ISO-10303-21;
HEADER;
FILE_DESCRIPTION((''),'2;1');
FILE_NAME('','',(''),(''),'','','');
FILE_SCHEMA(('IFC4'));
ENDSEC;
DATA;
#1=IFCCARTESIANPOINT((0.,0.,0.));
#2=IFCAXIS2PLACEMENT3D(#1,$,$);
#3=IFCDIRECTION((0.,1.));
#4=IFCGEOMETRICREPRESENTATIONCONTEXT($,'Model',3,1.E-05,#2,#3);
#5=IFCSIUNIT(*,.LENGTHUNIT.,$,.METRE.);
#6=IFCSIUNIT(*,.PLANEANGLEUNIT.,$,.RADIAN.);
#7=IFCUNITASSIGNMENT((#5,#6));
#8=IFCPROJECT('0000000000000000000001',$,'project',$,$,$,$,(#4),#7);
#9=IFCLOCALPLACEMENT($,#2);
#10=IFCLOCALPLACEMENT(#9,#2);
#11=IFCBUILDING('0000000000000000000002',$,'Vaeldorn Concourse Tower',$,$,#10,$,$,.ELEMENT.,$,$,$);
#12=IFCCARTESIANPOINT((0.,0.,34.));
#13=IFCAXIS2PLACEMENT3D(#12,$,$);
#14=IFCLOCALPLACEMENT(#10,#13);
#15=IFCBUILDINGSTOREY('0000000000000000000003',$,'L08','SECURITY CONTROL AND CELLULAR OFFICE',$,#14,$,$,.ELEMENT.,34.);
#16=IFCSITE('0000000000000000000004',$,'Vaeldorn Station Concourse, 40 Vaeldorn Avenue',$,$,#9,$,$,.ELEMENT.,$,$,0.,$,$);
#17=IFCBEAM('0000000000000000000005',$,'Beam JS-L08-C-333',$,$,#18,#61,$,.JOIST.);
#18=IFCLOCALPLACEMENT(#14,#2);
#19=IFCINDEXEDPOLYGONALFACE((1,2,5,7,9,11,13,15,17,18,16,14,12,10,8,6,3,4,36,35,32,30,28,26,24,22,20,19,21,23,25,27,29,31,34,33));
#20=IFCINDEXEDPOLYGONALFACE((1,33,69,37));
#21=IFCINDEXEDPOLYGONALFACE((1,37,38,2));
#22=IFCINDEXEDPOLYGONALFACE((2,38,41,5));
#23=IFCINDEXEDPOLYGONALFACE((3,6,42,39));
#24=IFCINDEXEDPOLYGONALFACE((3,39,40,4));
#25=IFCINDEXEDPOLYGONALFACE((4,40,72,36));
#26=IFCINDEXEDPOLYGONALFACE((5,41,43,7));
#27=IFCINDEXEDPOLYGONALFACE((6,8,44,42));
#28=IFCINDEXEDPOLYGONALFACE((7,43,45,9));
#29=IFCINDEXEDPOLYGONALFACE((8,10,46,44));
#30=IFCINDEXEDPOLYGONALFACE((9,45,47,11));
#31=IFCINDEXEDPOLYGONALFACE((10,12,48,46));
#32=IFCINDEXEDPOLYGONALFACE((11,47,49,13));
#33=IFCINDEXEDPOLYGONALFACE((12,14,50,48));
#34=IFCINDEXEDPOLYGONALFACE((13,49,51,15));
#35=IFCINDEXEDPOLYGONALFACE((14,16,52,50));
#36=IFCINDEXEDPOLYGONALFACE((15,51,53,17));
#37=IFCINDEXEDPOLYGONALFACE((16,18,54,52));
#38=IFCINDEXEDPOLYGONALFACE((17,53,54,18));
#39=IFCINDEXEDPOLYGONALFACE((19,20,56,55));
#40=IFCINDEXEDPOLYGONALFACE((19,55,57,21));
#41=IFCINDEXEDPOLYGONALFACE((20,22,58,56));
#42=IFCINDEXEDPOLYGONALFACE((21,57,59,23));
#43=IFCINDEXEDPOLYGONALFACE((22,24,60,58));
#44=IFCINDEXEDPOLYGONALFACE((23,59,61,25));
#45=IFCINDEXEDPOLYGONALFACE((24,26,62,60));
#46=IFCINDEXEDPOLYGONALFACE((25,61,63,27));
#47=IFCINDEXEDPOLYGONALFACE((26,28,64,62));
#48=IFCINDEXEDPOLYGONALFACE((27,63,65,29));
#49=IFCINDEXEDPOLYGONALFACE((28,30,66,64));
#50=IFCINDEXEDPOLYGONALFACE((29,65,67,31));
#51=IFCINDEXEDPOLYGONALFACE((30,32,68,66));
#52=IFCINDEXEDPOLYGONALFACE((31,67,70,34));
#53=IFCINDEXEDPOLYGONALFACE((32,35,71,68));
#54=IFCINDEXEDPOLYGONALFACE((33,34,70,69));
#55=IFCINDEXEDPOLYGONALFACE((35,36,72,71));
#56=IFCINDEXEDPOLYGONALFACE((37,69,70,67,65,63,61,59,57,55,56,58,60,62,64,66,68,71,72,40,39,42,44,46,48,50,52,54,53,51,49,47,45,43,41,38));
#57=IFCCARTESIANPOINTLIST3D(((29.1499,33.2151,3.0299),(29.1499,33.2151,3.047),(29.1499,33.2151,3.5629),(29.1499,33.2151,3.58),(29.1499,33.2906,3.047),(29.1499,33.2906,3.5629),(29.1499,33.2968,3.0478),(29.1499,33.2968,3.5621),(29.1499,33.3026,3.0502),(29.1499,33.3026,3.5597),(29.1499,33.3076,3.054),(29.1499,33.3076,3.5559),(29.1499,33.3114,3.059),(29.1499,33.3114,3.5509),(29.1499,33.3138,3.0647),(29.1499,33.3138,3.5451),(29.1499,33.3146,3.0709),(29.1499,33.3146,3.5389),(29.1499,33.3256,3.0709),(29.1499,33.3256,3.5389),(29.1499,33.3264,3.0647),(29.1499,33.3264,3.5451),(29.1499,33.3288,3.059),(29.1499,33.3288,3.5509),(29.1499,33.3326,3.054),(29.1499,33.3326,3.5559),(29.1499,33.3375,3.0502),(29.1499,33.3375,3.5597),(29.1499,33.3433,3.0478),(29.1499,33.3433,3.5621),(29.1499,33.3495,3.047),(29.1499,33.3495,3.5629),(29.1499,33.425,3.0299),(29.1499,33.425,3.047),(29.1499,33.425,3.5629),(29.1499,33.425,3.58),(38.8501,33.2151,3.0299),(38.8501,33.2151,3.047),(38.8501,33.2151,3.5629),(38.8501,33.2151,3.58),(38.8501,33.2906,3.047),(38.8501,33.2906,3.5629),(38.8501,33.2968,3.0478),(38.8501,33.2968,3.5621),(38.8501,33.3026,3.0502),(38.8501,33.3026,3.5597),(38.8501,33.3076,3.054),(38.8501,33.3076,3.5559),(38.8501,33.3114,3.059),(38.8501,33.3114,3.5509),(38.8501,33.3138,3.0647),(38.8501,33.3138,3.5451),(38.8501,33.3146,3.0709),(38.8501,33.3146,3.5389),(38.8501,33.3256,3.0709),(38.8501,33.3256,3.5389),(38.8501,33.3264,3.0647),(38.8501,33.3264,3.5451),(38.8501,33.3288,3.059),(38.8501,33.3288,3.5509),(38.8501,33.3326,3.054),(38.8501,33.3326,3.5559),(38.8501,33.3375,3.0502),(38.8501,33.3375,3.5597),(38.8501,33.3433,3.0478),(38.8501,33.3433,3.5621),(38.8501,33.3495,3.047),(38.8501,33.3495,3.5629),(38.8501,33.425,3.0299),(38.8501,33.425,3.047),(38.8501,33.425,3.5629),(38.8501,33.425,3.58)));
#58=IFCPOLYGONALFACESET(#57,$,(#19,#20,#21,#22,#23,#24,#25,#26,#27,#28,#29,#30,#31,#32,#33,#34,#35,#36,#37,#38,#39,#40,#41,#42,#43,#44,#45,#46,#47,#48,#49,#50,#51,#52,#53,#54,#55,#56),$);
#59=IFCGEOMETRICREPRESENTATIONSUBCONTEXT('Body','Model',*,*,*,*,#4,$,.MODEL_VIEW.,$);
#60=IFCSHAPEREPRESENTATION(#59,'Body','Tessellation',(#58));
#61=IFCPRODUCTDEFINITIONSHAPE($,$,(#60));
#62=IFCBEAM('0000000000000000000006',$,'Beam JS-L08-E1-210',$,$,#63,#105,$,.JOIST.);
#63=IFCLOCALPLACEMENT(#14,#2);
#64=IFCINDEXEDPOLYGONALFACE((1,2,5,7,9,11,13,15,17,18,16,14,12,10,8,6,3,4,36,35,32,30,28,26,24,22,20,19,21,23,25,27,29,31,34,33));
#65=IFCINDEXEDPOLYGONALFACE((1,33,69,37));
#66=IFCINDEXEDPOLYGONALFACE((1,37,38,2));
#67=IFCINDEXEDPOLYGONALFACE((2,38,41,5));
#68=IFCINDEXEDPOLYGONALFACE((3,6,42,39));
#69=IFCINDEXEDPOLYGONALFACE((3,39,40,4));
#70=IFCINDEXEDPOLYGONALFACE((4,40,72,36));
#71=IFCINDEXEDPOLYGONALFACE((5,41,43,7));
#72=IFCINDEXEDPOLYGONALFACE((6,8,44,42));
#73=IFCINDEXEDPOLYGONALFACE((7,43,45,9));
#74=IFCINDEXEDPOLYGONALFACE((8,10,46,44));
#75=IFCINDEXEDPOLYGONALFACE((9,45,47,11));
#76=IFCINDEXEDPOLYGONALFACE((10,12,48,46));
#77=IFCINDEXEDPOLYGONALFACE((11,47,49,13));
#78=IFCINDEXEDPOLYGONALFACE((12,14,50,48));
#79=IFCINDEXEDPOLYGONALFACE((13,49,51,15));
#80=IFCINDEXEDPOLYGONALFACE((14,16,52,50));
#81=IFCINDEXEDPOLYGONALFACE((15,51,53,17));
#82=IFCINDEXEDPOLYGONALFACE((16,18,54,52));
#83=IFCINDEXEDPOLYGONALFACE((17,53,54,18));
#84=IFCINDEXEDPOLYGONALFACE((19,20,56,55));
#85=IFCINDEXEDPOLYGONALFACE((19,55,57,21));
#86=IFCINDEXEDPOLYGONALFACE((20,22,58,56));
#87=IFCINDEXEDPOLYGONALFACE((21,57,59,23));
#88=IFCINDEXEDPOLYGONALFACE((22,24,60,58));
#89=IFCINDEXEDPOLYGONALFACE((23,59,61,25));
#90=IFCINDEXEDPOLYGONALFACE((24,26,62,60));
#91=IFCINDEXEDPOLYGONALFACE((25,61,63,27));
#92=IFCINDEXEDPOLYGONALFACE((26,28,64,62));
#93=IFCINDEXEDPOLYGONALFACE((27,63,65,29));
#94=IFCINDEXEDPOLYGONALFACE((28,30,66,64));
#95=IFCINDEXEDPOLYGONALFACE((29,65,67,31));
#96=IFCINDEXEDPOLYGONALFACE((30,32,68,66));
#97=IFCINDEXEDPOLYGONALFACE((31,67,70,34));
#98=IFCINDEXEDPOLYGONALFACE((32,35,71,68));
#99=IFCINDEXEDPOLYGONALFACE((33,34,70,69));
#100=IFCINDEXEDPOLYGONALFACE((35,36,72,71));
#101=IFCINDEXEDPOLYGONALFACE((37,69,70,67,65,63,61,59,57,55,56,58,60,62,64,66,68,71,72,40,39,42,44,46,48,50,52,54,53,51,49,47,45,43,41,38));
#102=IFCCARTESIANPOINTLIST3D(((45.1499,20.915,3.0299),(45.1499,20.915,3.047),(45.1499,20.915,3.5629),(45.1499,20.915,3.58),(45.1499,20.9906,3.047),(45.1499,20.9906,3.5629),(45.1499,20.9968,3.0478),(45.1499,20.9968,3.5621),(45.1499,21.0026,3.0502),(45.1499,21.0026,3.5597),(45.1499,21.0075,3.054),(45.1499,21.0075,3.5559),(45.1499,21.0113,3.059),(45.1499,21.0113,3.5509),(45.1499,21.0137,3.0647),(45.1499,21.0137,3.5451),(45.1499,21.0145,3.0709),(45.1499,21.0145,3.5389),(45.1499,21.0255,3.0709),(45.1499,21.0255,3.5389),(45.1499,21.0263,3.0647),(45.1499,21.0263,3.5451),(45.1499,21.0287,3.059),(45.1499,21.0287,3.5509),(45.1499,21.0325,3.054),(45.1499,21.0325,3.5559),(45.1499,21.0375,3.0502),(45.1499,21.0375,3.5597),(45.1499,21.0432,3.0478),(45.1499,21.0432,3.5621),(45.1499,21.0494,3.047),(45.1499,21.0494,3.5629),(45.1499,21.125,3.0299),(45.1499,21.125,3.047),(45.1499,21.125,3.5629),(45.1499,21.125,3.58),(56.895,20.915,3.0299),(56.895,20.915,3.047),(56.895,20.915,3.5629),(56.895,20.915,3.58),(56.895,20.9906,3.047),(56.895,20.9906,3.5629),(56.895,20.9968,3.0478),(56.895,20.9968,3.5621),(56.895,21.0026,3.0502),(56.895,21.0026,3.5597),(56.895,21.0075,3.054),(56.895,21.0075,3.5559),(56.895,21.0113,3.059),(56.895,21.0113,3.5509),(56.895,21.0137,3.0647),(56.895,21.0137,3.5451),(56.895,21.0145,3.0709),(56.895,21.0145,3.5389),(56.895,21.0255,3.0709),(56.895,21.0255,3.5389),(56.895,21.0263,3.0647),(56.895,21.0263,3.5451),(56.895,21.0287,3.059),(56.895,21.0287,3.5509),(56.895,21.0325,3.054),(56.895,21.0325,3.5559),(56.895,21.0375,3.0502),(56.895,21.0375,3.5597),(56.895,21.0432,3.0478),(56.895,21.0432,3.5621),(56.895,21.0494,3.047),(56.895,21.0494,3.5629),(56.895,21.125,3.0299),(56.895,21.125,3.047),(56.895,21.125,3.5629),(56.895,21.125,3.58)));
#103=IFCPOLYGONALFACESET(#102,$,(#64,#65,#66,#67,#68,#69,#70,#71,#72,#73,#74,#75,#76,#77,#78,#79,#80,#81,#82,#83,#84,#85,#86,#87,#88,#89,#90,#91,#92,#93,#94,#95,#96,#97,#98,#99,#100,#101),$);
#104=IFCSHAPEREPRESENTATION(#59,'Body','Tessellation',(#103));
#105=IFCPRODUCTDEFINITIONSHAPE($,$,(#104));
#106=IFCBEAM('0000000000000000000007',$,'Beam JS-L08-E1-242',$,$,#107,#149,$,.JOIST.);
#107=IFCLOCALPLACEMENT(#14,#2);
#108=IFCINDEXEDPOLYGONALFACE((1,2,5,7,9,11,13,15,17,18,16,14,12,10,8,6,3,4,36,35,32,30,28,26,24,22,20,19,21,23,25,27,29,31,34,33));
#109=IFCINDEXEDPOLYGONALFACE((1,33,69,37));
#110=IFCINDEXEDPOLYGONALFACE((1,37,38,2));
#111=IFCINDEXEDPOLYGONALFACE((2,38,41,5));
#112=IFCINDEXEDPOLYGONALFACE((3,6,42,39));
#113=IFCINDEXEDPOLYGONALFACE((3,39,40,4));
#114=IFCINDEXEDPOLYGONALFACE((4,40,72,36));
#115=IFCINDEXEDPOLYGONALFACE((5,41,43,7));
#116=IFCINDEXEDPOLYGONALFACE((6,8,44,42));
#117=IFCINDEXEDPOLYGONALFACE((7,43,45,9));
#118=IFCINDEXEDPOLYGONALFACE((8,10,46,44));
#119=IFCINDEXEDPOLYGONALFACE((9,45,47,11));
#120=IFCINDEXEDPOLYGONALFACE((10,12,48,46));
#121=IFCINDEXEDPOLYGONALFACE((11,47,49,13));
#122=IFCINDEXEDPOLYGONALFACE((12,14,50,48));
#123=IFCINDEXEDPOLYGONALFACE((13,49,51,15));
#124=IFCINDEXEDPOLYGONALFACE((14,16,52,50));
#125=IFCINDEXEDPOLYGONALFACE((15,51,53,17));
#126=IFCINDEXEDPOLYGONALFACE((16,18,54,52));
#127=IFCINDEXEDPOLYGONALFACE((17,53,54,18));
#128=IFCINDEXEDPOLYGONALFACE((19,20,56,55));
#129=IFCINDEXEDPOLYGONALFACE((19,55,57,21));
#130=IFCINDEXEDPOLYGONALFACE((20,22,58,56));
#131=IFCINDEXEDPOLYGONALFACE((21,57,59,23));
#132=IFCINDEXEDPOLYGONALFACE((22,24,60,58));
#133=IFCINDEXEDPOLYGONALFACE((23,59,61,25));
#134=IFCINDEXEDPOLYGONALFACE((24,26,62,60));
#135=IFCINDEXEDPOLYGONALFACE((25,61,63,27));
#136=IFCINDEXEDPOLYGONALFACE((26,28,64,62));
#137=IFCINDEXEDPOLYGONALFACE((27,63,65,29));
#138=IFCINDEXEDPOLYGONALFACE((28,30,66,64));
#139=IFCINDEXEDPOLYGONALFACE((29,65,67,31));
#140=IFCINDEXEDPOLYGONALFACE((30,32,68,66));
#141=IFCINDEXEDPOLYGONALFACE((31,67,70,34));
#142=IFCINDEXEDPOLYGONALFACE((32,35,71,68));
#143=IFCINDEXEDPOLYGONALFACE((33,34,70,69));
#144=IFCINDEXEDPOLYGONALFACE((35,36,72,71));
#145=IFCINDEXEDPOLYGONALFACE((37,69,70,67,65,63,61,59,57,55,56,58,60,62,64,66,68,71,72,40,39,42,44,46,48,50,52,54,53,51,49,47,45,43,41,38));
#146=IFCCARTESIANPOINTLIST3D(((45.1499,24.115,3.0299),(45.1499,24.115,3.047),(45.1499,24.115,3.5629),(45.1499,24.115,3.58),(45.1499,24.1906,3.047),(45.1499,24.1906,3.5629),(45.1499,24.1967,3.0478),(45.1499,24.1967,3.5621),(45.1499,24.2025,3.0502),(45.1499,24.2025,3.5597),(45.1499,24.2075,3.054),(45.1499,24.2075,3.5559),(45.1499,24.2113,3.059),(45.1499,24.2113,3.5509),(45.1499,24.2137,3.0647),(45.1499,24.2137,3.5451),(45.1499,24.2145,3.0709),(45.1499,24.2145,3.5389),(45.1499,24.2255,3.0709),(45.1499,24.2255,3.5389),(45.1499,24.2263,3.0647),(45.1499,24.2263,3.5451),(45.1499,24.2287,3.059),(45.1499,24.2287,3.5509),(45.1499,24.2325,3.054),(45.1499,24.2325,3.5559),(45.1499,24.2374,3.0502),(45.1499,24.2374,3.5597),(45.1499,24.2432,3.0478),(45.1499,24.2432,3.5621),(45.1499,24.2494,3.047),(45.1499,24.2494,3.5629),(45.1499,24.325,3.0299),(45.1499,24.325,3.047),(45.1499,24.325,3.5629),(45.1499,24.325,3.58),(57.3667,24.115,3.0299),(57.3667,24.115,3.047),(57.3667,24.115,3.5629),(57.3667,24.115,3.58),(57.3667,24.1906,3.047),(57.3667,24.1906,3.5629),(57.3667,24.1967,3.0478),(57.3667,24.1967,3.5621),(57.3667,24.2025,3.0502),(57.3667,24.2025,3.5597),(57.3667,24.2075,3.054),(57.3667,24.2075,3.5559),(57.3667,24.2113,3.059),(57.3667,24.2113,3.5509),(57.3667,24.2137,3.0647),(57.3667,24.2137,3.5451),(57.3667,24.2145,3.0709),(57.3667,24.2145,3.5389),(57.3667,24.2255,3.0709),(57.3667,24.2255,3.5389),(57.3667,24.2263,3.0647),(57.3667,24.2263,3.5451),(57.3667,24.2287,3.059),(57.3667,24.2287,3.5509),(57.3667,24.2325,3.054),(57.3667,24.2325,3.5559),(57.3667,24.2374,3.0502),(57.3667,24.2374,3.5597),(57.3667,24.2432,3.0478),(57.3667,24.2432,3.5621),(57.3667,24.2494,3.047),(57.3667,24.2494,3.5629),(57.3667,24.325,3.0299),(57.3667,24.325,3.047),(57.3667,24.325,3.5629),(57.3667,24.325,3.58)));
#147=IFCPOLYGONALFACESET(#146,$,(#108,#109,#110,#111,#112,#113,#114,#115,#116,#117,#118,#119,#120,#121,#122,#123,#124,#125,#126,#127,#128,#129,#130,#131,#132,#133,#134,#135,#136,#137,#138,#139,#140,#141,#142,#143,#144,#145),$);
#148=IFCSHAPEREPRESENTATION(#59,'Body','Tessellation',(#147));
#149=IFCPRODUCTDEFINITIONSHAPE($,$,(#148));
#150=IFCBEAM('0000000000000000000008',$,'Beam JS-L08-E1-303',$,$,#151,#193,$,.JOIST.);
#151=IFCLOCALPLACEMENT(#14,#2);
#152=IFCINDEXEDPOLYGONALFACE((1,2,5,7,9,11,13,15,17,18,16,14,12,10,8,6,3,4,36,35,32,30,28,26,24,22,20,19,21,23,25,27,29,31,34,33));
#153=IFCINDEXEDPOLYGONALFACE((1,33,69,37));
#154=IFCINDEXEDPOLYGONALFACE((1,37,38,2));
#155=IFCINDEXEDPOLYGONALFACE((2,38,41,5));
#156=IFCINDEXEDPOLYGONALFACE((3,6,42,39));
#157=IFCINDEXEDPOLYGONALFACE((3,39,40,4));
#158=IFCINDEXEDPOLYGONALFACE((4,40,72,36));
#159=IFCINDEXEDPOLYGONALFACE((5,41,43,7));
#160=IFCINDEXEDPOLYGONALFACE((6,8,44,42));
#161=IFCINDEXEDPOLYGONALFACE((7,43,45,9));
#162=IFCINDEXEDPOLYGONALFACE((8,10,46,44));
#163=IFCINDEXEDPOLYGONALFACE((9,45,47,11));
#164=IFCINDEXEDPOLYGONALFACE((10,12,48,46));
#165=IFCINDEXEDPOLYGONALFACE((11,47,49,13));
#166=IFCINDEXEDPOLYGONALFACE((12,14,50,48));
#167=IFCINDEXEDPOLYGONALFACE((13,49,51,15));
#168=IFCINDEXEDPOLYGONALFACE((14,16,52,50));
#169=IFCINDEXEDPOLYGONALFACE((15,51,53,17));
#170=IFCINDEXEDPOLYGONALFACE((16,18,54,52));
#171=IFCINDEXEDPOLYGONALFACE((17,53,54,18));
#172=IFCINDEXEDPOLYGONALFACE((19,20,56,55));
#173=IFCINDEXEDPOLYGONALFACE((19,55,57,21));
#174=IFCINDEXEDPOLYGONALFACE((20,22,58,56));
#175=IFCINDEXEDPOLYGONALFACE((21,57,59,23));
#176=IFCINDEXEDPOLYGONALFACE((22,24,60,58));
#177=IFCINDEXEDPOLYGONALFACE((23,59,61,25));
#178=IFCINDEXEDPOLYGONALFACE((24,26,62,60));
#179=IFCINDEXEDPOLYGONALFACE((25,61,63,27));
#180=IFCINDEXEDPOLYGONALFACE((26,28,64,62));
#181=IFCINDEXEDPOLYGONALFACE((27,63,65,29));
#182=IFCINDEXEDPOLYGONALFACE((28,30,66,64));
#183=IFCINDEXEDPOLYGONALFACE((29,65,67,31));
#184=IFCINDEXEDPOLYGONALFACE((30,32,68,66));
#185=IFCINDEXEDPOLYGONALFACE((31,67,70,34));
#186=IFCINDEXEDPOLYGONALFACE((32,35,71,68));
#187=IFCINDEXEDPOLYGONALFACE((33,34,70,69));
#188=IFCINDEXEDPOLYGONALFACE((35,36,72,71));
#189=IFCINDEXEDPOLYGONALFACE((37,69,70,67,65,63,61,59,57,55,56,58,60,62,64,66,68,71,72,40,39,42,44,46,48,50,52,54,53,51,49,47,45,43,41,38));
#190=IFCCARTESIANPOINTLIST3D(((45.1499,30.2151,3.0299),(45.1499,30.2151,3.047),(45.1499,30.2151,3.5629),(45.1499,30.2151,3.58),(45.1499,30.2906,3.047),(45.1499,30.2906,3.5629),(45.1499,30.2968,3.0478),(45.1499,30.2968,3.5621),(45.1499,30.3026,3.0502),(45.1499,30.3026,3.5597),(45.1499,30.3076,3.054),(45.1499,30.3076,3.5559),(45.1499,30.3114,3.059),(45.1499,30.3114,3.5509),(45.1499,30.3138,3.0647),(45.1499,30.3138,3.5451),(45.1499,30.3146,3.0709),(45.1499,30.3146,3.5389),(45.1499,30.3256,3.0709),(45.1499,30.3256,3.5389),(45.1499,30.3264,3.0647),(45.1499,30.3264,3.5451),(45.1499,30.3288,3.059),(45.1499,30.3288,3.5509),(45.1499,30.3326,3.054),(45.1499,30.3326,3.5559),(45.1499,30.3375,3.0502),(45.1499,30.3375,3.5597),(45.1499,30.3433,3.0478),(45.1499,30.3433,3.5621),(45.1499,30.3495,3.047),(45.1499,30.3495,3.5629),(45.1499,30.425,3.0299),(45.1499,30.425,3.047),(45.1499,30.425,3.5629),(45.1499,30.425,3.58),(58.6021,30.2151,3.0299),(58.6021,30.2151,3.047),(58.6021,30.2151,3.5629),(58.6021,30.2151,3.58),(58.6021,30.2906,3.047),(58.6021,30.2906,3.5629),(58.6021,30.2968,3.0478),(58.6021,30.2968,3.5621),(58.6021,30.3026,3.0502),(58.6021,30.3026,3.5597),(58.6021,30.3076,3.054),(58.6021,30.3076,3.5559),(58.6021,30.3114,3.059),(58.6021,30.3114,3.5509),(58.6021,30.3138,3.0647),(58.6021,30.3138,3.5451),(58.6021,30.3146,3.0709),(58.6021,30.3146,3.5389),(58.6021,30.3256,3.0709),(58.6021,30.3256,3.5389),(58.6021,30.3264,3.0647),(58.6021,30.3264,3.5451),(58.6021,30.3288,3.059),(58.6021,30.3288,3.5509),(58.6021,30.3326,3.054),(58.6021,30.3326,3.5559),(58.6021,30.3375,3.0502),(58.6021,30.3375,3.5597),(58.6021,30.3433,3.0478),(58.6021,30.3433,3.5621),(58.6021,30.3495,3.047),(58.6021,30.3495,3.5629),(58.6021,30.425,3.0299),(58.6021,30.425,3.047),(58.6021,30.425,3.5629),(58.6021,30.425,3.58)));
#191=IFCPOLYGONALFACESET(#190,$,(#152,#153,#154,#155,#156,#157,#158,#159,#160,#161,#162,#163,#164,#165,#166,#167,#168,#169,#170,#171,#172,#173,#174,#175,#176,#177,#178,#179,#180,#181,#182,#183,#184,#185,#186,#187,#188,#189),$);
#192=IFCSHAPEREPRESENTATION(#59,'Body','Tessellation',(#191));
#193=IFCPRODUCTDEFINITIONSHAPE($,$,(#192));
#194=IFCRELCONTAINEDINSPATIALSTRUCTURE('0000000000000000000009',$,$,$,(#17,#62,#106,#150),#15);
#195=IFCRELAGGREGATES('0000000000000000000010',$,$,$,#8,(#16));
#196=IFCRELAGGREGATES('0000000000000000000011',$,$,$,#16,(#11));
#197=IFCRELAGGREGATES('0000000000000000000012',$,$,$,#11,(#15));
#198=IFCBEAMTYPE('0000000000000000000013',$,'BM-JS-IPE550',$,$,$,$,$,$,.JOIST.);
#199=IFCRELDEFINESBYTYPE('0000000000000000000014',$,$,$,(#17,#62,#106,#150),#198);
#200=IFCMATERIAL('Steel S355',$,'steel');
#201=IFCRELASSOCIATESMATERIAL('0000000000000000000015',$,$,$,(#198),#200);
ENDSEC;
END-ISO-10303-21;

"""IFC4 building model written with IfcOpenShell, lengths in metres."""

from ifc_helpers import new_model, si_unit, direction, frame, origin, origin_2d, place, context, subcontext, project, spatial, i_section, extrude, source, transform, mapped, material, material_profile, profile_set, type_object, element, save


model = new_model("IFC4")

# Units and contexts
model_context = context("Model", 3, precision=1e-05, world=origin(), true_north=direction((0.0, 1.0)))
body_context = subcontext(model_context, "Body", "Model", "MODEL_VIEW")
ifc_project = project(units=[si_unit("LENGTHUNIT", "METRE"), si_unit("PLANEANGLEUNIT", "RADIAN")], contexts=[model_context])

# Site, building, storey
site_placement = place(None, origin())
site = spatial("IfcSite", under=ifc_project, at=site_placement, Name="Vaeldorn Station Concourse, 40 Vaeldorn Avenue", CompositionType="ELEMENT", RefElevation=0.0)
building_placement = place(site_placement, origin())
building = spatial("IfcBuilding", under=site, at=building_placement, Name="Vaeldorn Concourse Tower", CompositionType="ELEMENT")
storey_placement = place(building_placement, frame((0.0, 0.0, 34.0)))
storey = spatial("IfcBuildingStorey", under=building, at=storey_placement, Name="L08", Description="SECURITY CONTROL AND CELLULAR OFFICE", CompositionType="ELEMENT", Elevation=34.0)

# Beams
ifc_material_1 = material(Name="Steel S355", Category="steel")
ifc_material_profile_1 = material_profile(ifc_material_1, i_section(OverallWidth=0.21, OverallDepth=0.55, WebThickness=0.011, FlangeThickness=0.0171, FilletRadius=0.0239, at=origin_2d()), Name="IPE 550")
ifc_profile_set_1 = profile_set([ifc_material_profile_1], Name="Steel S355")
beam_type_1 = type_object("IfcBeamType", Name="BM-JS-IPE550", PredefinedType="JOIST", material=ifc_profile_set_1)
shared_shape_1 = source(origin(), body_context, "Body", "SweptSolid", [
    extrude(i_section(OverallWidth=0.21, OverallDepth=0.55, WebThickness=0.011, FlangeThickness=0.0171, FilletRadius=0.0239, at=origin_2d()), origin(), (0.0, 0.0, 1.0), 9.7002),
])
for number, where, z_axis, x_axis, name in (
    (1, (29.1499, 33.3201, 3.3049), (1.0, 0.0, 0.0), (0.0, 1.0, 0.0), "Beam JS-L08-C-333"),
):
    element("IfcBeam", number, at=place(storey_placement, frame(where, z_axis=z_axis, x_axis=x_axis)), inside=storey, type_object=beam_type_1, Name=name, PredefinedType="JOIST", context=body_context, shape_type="MappedRepresentation", body=[
        mapped(shared_shape_1, transform((0.0, 0.0, 0.0), scale=1.0)),
    ])
shared_shape_2 = source(origin(), body_context, "Body", "SweptSolid", [
    extrude(i_section(OverallWidth=0.21, OverallDepth=0.55, WebThickness=0.011, FlangeThickness=0.0171, FilletRadius=0.0239, at=origin_2d()), origin(), (0.0, 0.0, 1.0), 11.7451),
])
beam_1_placement = place(storey_placement, frame((45.1499, 21.02, 3.3049), z_axis=(1.0, 0.0, 0.0), x_axis=(0.0, 1.0, 0.0)))
element("IfcBeam", 2, at=beam_1_placement, inside=storey, type_object=beam_type_1, Name="Beam JS-L08-E1-210", PredefinedType="JOIST", context=body_context, shape_type="MappedRepresentation", body=[
    mapped(shared_shape_2, transform((0.0, 0.0, 0.0), scale=1.0)),
])
shared_shape_3 = source(origin(), body_context, "Body", "SweptSolid", [
    extrude(i_section(OverallWidth=0.21, OverallDepth=0.55, WebThickness=0.011, FlangeThickness=0.0171, FilletRadius=0.0239, at=origin_2d()), origin(), (0.0, 0.0, 1.0), 12.2168),
])
beam_2_placement = place(storey_placement, frame((45.1499, 24.22, 3.3049), z_axis=(1.0, 0.0, 0.0), x_axis=(0.0, 1.0, 0.0)))
element("IfcBeam", 3, at=beam_2_placement, inside=storey, type_object=beam_type_1, Name="Beam JS-L08-E1-242", PredefinedType="JOIST", context=body_context, shape_type="MappedRepresentation", body=[
    mapped(shared_shape_3, transform((0.0, 0.0, 0.0), scale=1.0)),
])
shared_shape_4 = source(origin(), body_context, "Body", "SweptSolid", [
    extrude(i_section(OverallWidth=0.21, OverallDepth=0.55, WebThickness=0.011, FlangeThickness=0.0171, FilletRadius=0.0239, at=origin_2d()), origin(), (0.0, 0.0, 1.0), 13.4521),
])
beam_3_placement = place(storey_placement, frame((45.1499, 30.3201, 3.3049), z_axis=(1.0, 0.0, 0.0), x_axis=(0.0, 1.0, 0.0)))
element("IfcBeam", 4, at=beam_3_placement, inside=storey, type_object=beam_type_1, Name="Beam JS-L08-E1-303", PredefinedType="JOIST", context=body_context, shape_type="MappedRepresentation", body=[
    mapped(shared_shape_4, transform((0.0, 0.0, 0.0), scale=1.0)),
])

save(model, "model.ifc")
